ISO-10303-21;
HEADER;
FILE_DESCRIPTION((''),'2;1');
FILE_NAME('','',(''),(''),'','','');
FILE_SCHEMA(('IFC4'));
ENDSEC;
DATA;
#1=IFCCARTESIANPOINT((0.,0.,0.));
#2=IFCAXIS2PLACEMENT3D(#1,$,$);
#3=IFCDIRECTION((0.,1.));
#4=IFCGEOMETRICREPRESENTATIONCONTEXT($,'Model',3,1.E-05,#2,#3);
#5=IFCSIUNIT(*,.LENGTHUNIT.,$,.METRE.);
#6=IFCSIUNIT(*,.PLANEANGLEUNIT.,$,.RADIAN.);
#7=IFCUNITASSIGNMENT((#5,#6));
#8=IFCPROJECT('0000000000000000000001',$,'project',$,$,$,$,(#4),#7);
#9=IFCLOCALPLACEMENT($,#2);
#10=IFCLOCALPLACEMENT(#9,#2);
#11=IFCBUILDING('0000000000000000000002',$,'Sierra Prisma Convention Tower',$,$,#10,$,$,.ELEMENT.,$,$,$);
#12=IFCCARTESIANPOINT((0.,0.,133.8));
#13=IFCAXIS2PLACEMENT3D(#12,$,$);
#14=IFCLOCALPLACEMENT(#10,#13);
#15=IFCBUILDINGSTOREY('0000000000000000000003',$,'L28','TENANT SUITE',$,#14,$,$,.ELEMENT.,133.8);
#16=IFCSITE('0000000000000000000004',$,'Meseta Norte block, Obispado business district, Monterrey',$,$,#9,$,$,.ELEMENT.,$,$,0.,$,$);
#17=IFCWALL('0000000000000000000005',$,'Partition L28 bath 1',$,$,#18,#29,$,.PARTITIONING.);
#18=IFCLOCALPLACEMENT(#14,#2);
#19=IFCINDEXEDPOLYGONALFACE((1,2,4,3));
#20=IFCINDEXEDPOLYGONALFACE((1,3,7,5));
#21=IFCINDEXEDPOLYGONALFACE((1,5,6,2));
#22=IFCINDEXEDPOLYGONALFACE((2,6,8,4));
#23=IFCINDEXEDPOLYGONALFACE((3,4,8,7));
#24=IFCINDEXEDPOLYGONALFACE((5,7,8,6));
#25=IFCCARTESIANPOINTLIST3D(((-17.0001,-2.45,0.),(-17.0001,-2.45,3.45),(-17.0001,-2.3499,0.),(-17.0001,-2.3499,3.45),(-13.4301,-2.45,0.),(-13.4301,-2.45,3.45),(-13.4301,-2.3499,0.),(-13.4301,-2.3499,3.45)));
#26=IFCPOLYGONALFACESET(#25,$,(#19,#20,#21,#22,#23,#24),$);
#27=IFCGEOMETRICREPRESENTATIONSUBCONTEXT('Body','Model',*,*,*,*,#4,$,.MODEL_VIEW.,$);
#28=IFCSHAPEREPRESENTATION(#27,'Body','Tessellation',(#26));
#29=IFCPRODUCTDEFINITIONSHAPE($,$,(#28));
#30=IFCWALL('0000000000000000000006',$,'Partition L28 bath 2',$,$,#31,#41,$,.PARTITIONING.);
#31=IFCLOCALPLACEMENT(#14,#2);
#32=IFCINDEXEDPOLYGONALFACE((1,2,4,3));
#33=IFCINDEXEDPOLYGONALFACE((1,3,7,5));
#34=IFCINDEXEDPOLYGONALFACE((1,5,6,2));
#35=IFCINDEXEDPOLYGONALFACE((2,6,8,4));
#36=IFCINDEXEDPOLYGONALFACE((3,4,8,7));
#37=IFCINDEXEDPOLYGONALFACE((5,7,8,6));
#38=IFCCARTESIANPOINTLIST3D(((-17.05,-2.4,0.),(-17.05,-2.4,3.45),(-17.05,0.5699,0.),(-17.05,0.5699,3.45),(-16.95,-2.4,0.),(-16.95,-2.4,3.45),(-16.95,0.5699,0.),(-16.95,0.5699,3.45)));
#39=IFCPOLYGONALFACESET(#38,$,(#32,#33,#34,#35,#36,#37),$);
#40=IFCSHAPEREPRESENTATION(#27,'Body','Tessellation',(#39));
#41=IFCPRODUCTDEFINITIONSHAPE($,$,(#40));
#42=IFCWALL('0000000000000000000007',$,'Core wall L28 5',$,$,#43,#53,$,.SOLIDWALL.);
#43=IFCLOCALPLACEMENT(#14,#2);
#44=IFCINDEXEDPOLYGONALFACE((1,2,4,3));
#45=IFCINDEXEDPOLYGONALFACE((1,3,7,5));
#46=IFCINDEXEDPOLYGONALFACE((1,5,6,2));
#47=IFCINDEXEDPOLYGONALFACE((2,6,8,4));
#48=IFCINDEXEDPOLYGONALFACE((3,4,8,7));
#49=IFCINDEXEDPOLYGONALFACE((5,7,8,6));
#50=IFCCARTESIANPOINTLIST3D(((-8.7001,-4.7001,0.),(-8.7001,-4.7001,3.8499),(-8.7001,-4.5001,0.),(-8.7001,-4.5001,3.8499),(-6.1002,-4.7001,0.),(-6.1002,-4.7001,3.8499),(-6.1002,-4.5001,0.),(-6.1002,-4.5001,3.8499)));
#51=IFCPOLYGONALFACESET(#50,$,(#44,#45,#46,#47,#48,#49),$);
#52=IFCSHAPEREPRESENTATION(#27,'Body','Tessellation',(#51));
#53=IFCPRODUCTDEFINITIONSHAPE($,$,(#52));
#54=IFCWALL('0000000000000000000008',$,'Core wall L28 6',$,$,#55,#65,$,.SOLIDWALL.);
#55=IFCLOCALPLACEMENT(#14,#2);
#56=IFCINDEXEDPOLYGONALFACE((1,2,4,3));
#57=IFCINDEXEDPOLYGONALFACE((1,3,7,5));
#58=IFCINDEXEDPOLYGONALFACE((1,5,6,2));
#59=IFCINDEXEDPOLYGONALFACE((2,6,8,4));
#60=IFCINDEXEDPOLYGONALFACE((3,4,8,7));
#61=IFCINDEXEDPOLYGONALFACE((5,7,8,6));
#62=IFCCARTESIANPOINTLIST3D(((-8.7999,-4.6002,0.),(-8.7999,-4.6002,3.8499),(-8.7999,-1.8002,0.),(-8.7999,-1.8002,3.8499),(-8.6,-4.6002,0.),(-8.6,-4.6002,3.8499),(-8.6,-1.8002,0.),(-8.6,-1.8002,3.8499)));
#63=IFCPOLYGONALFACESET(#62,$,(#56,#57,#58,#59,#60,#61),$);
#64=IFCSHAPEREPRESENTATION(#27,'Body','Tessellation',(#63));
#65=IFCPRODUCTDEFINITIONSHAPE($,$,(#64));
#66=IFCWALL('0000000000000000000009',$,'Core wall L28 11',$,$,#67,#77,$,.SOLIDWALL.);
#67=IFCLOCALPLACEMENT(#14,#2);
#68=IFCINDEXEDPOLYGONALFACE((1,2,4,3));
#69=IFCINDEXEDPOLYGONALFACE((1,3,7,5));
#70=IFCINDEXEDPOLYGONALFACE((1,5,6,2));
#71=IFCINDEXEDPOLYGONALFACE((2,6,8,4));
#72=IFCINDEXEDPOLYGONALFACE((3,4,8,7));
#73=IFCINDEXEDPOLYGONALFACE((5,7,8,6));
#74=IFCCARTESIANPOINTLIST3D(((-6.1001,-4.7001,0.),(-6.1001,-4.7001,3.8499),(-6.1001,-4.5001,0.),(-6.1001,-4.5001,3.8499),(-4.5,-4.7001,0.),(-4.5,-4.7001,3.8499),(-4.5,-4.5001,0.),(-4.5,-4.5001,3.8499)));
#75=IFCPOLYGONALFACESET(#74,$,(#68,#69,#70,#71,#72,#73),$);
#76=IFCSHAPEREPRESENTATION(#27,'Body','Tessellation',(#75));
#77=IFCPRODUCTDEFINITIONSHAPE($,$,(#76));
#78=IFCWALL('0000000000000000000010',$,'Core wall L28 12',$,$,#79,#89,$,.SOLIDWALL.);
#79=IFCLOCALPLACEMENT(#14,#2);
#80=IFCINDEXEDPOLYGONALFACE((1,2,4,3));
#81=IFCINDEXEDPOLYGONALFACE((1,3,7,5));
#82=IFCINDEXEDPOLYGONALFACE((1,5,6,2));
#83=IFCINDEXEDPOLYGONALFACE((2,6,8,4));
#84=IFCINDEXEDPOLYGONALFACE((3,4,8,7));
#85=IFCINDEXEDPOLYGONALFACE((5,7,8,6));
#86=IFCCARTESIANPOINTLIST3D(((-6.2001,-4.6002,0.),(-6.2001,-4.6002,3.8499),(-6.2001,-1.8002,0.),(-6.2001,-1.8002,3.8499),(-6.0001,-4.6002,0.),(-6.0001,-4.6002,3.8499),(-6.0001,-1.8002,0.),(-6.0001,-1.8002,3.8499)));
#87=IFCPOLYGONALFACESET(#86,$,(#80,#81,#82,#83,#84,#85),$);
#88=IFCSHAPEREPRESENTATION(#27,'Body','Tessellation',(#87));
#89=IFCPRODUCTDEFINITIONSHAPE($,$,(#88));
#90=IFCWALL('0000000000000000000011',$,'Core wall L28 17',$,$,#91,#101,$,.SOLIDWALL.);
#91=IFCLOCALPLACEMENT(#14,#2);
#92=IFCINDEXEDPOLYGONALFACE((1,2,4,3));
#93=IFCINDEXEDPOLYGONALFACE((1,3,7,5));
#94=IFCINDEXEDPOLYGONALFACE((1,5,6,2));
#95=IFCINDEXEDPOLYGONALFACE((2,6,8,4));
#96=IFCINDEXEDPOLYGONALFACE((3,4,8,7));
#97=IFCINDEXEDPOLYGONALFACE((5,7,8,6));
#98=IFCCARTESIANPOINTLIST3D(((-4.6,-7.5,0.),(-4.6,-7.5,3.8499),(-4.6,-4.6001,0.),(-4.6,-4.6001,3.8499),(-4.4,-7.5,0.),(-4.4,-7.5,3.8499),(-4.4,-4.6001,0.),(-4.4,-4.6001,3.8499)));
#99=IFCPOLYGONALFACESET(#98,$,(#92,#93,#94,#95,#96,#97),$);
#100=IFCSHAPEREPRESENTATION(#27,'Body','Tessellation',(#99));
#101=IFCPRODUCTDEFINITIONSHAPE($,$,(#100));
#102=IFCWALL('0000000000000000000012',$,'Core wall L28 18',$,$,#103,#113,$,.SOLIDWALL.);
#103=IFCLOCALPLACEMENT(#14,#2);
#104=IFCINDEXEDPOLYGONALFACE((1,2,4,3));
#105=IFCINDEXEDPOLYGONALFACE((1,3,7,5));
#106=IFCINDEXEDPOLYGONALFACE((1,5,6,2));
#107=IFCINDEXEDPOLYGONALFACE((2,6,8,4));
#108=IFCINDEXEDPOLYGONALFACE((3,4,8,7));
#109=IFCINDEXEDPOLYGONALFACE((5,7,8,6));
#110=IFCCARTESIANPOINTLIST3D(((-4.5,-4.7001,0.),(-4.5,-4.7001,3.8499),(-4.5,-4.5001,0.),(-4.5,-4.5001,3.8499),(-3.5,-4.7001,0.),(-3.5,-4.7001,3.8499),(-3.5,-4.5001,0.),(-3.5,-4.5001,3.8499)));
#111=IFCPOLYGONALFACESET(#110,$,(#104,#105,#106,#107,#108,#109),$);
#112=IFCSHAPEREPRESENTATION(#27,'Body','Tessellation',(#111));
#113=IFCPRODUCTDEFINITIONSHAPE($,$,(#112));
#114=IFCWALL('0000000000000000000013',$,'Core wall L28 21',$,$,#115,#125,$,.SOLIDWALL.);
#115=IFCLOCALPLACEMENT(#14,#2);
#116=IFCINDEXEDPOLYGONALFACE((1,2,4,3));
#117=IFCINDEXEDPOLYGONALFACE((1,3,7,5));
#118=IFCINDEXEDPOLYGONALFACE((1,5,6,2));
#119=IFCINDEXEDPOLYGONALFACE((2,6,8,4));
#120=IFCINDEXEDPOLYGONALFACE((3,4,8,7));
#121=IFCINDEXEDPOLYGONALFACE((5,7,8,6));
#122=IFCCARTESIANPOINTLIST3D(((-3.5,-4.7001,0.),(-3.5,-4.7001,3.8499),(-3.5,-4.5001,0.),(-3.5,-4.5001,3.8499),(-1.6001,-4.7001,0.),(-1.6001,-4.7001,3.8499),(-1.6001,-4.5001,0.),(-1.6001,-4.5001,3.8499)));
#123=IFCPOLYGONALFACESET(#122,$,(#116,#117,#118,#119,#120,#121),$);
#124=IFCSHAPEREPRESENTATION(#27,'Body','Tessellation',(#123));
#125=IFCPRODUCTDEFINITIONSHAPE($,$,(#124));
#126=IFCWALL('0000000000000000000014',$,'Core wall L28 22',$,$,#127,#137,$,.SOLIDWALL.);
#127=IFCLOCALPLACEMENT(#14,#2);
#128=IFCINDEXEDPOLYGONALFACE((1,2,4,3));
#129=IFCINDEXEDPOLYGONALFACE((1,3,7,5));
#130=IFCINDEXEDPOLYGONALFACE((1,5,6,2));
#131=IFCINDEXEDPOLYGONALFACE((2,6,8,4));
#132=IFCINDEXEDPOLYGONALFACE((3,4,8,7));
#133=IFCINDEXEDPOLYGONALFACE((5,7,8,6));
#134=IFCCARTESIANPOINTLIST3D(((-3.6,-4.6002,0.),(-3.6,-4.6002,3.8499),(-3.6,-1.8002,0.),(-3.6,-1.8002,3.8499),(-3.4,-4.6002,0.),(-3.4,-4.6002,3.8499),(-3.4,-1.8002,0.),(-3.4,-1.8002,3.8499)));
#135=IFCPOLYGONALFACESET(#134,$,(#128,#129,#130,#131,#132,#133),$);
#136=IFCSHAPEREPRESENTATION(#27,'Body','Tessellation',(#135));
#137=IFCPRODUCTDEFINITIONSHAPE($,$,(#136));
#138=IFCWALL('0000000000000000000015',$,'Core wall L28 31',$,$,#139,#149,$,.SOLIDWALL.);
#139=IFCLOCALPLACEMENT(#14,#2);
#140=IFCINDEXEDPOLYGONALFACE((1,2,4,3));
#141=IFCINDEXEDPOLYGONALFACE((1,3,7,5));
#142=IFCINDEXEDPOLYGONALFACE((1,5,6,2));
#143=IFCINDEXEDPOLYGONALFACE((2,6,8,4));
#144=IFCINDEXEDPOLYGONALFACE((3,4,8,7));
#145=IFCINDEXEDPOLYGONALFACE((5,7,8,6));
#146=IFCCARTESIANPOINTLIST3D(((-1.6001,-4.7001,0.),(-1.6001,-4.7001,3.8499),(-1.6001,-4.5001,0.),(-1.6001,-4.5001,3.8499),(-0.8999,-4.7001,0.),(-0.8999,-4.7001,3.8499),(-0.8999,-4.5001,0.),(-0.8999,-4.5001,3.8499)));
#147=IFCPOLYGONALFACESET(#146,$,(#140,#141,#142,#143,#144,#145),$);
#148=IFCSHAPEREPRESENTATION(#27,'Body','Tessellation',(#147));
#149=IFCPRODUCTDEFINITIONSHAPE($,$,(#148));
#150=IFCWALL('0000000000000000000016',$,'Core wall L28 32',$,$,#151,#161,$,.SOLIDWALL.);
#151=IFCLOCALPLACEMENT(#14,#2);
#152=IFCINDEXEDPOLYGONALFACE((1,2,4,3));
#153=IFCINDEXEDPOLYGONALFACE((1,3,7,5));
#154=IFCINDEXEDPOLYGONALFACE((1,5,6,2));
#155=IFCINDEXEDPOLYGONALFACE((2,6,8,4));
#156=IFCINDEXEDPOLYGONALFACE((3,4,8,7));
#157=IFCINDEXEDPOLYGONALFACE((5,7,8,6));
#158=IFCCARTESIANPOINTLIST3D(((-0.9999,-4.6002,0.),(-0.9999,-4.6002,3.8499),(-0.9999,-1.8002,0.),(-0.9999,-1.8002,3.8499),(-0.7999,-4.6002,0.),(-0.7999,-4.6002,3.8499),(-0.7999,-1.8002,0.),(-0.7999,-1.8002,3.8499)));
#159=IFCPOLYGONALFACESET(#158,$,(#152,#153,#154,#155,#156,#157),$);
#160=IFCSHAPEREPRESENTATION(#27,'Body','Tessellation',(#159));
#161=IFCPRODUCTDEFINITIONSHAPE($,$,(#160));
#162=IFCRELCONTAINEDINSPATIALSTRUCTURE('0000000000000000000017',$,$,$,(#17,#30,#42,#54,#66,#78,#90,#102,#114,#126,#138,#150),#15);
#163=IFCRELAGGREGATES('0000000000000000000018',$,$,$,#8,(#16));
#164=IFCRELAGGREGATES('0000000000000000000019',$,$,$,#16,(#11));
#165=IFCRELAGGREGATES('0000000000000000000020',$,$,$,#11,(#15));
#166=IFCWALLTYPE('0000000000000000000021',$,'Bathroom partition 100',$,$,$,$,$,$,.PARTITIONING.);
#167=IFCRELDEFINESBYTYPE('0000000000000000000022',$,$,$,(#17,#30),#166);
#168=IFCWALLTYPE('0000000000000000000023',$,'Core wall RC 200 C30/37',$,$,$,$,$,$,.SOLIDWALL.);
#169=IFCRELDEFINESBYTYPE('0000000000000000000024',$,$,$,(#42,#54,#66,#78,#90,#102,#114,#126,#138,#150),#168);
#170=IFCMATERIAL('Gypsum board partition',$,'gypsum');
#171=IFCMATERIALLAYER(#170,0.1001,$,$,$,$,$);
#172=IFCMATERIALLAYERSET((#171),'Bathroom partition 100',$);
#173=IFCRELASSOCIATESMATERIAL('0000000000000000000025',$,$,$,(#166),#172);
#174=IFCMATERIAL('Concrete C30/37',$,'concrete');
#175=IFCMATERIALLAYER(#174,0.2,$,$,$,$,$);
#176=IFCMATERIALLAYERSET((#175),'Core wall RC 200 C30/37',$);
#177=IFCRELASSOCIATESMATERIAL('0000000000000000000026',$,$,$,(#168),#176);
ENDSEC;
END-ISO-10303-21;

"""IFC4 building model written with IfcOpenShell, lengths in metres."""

from ifc_helpers import new_model, si_unit, direction, frame, frame_2d, origin, place, context, subcontext, project, spatial, rectangle, extrude, material, layer, layer_set, type_object, element, save


model = new_model("IFC4")

# Units and contexts
model_context = context("Model", 3, precision=1e-05, world=origin(), true_north=direction((0.0, 1.0)))
body_context = subcontext(model_context, "Body", "Model", "MODEL_VIEW")
ifc_project = project(units=[si_unit("LENGTHUNIT", "METRE"), si_unit("PLANEANGLEUNIT", "RADIAN")], contexts=[model_context])

# Site, building, storey
site_placement = place(None, origin())
site = spatial("IfcSite", under=ifc_project, at=site_placement, Name="Meseta Norte block, Obispado business district, Monterrey", CompositionType="ELEMENT", RefElevation=0.0)
building_placement = place(site_placement, origin())
building = spatial("IfcBuilding", under=site, at=building_placement, Name="Sierra Prisma Convention Tower", CompositionType="ELEMENT")
storey_placement = place(building_placement, frame((0.0, 0.0, 133.8)))
storey = spatial("IfcBuildingStorey", under=building, at=storey_placement, Name="L28", Description="TENANT SUITE", CompositionType="ELEMENT", Elevation=133.8)

# Walls
ifc_material_1 = material(Name="Gypsum board partition", Category="gypsum")
ifc_layer_1 = layer(ifc_material_1, 0.1001)
ifc_layer_set_1 = layer_set([ifc_layer_1], Name="Bathroom partition 100")
wall_type_1 = type_object("IfcWallType", Name="Bathroom partition 100", PredefinedType="PARTITIONING", material=ifc_layer_set_1)
wall_1_placement = place(storey_placement, frame((-13.4299, -2.3999, 0.0), z_axis=(0.0, 0.0, 1.0), x_axis=(-1.0, 0.0, 0.0)))
element("IfcWall", 1, at=wall_1_placement, inside=storey, type_object=wall_type_1, Name="Partition L28 bath 1", PredefinedType="PARTITIONING", context=body_context, shape_type="SweptSolid", body=[
    extrude(rectangle(XDim=3.5701, YDim=0.1001, at=frame_2d((1.7852, 0.0))), origin(), (0.0, 0.0, 1.0), 3.45),
])
wall_2_placement = place(storey_placement, frame((-17.0, -2.3999, 0.0), z_axis=(0.0, 0.0, 1.0), x_axis=(0.0, 1.0, 0.0)))
element("IfcWall", 2, at=wall_2_placement, inside=storey, type_object=wall_type_1, Name="Partition L28 bath 2", PredefinedType="PARTITIONING", context=body_context, shape_type="SweptSolid", body=[
    extrude(rectangle(XDim=2.97, YDim=0.1001, at=frame_2d((1.4849, 0.0))), origin(), (0.0, 0.0, 1.0), 3.45),
])

# Shared definitions
ifc_material_2 = material(Name="Concrete C30/37", Category="concrete")
ifc_layer_2 = layer(ifc_material_2, 0.2)
ifc_layer_set_2 = layer_set([ifc_layer_2], Name="Core wall RC 200 C30/37")
wall_type_2 = type_object("IfcWallType", Name="Core wall RC 200 C30/37", PredefinedType="SOLIDWALL", material=ifc_layer_set_2)

# Walls
wall_3_placement = place(storey_placement, frame((-8.7, -4.6001, 0.0), z_axis=(0.0, 0.0, 1.0), x_axis=(1.0, 0.0, 0.0)))
element("IfcWall", 3, at=wall_3_placement, inside=storey, type_object=wall_type_2, Name="Core wall L28 5", PredefinedType="SOLIDWALL", context=body_context, shape_type="SweptSolid", body=[
    extrude(rectangle(XDim=2.5999, YDim=0.2, at=frame_2d((1.2998, 0.0))), origin(), (0.0, 0.0, 1.0), 3.8499),
])
wall_4_placement = place(storey_placement, frame((-8.7, -4.6001, 0.0), z_axis=(0.0, 0.0, 1.0), x_axis=(0.0, 1.0, 0.0)))
element("IfcWall", 4, at=wall_4_placement, inside=storey, type_object=wall_type_2, Name="Core wall L28 6", PredefinedType="SOLIDWALL", context=body_context, shape_type="SweptSolid", body=[
    extrude(rectangle(XDim=2.8, YDim=0.2, at=frame_2d((1.3999, 0.0))), origin(), (0.0, 0.0, 1.0), 3.8499),
])
wall_5_placement = place(storey_placement, frame((-6.1001, -4.6001, 0.0), z_axis=(0.0, 0.0, 1.0), x_axis=(1.0, 0.0, 0.0)))
element("IfcWall", 5, at=wall_5_placement, inside=storey, type_object=wall_type_2, Name="Core wall L28 11", PredefinedType="SOLIDWALL", context=body_context, shape_type="SweptSolid", body=[
    extrude(rectangle(XDim=1.6001, YDim=0.2, at=frame_2d((0.8, 0.0))), origin(), (0.0, 0.0, 1.0), 3.8499),
])
wall_6_placement = place(storey_placement, frame((-6.1001, -4.6001, 0.0), z_axis=(0.0, 0.0, 1.0), x_axis=(0.0, 1.0, 0.0)))
element("IfcWall", 6, at=wall_6_placement, inside=storey, type_object=wall_type_2, Name="Core wall L28 12", PredefinedType="SOLIDWALL", context=body_context, shape_type="SweptSolid", body=[
    extrude(rectangle(XDim=2.8, YDim=0.2, at=frame_2d((1.3999, 0.0))), origin(), (0.0, 0.0, 1.0), 3.8499),
])
wall_7_placement = place(storey_placement, frame((-4.5, -4.6001, 0.0), z_axis=(0.0, 0.0, 1.0), x_axis=(0.0, -1.0, 0.0)))
element("IfcWall", 7, at=wall_7_placement, inside=storey, type_object=wall_type_2, Name="Core wall L28 17", PredefinedType="SOLIDWALL", context=body_context, shape_type="SweptSolid", body=[
    extrude(rectangle(XDim=2.8999, YDim=0.2, at=frame_2d((1.45, 0.0))), origin(), (0.0, 0.0, 1.0), 3.8499),
])
wall_8_placement = place(storey_placement, frame((-4.5, -4.6001, 0.0), z_axis=(0.0, 0.0, 1.0), x_axis=(1.0, 0.0, 0.0)))
element("IfcWall", 8, at=wall_8_placement, inside=storey, type_object=wall_type_2, Name="Core wall L28 18", PredefinedType="SOLIDWALL", context=body_context, shape_type="SweptSolid", body=[
    extrude(rectangle(XDim=1.0, YDim=0.2, at=frame_2d((0.5, 0.0))), origin(), (0.0, 0.0, 1.0), 3.8499),
])
wall_9_placement = place(storey_placement, frame((-3.5, -4.6001, 0.0), z_axis=(0.0, 0.0, 1.0), x_axis=(1.0, 0.0, 0.0)))
element("IfcWall", 9, at=wall_9_placement, inside=storey, type_object=wall_type_2, Name="Core wall L28 21", PredefinedType="SOLIDWALL", context=body_context, shape_type="SweptSolid", body=[
    extrude(rectangle(XDim=1.8999, YDim=0.2, at=frame_2d((0.95, 0.0))), origin(), (0.0, 0.0, 1.0), 3.8499),
])
wall_10_placement = place(storey_placement, frame((-3.5, -4.6001, 0.0), z_axis=(0.0, 0.0, 1.0), x_axis=(0.0, 1.0, 0.0)))
element("IfcWall", 10, at=wall_10_placement, inside=storey, type_object=wall_type_2, Name="Core wall L28 22", PredefinedType="SOLIDWALL", context=body_context, shape_type="SweptSolid", body=[
    extrude(rectangle(XDim=2.8, YDim=0.2, at=frame_2d((1.3999, 0.0))), origin(), (0.0, 0.0, 1.0), 3.8499),
])
wall_11_placement = place(storey_placement, frame((-1.6001, -4.6001, 0.0), z_axis=(0.0, 0.0, 1.0), x_axis=(1.0, 0.0, 0.0)))
element("IfcWall", 11, at=wall_11_placement, inside=storey, type_object=wall_type_2, Name="Core wall L28 31", PredefinedType="SOLIDWALL", context=body_context, shape_type="SweptSolid", body=[
    extrude(rectangle(XDim=0.7002, YDim=0.2, at=frame_2d((0.3501, 0.0))), origin(), (0.0, 0.0, 1.0), 3.8499),
])
wall_12_placement = place(storey_placement, frame((-0.8999, -4.6001, 0.0), z_axis=(0.0, 0.0, 1.0), x_axis=(0.0, 1.0, 0.0)))
element("IfcWall", 12, at=wall_12_placement, inside=storey, type_object=wall_type_2, Name="Core wall L28 32", PredefinedType="SOLIDWALL", context=body_context, shape_type="SweptSolid", body=[
    extrude(rectangle(XDim=2.8, YDim=0.2, at=frame_2d((1.3999, 0.0))), origin(), (0.0, 0.0, 1.0), 3.8499),
])

save(model, "model.ifc")
